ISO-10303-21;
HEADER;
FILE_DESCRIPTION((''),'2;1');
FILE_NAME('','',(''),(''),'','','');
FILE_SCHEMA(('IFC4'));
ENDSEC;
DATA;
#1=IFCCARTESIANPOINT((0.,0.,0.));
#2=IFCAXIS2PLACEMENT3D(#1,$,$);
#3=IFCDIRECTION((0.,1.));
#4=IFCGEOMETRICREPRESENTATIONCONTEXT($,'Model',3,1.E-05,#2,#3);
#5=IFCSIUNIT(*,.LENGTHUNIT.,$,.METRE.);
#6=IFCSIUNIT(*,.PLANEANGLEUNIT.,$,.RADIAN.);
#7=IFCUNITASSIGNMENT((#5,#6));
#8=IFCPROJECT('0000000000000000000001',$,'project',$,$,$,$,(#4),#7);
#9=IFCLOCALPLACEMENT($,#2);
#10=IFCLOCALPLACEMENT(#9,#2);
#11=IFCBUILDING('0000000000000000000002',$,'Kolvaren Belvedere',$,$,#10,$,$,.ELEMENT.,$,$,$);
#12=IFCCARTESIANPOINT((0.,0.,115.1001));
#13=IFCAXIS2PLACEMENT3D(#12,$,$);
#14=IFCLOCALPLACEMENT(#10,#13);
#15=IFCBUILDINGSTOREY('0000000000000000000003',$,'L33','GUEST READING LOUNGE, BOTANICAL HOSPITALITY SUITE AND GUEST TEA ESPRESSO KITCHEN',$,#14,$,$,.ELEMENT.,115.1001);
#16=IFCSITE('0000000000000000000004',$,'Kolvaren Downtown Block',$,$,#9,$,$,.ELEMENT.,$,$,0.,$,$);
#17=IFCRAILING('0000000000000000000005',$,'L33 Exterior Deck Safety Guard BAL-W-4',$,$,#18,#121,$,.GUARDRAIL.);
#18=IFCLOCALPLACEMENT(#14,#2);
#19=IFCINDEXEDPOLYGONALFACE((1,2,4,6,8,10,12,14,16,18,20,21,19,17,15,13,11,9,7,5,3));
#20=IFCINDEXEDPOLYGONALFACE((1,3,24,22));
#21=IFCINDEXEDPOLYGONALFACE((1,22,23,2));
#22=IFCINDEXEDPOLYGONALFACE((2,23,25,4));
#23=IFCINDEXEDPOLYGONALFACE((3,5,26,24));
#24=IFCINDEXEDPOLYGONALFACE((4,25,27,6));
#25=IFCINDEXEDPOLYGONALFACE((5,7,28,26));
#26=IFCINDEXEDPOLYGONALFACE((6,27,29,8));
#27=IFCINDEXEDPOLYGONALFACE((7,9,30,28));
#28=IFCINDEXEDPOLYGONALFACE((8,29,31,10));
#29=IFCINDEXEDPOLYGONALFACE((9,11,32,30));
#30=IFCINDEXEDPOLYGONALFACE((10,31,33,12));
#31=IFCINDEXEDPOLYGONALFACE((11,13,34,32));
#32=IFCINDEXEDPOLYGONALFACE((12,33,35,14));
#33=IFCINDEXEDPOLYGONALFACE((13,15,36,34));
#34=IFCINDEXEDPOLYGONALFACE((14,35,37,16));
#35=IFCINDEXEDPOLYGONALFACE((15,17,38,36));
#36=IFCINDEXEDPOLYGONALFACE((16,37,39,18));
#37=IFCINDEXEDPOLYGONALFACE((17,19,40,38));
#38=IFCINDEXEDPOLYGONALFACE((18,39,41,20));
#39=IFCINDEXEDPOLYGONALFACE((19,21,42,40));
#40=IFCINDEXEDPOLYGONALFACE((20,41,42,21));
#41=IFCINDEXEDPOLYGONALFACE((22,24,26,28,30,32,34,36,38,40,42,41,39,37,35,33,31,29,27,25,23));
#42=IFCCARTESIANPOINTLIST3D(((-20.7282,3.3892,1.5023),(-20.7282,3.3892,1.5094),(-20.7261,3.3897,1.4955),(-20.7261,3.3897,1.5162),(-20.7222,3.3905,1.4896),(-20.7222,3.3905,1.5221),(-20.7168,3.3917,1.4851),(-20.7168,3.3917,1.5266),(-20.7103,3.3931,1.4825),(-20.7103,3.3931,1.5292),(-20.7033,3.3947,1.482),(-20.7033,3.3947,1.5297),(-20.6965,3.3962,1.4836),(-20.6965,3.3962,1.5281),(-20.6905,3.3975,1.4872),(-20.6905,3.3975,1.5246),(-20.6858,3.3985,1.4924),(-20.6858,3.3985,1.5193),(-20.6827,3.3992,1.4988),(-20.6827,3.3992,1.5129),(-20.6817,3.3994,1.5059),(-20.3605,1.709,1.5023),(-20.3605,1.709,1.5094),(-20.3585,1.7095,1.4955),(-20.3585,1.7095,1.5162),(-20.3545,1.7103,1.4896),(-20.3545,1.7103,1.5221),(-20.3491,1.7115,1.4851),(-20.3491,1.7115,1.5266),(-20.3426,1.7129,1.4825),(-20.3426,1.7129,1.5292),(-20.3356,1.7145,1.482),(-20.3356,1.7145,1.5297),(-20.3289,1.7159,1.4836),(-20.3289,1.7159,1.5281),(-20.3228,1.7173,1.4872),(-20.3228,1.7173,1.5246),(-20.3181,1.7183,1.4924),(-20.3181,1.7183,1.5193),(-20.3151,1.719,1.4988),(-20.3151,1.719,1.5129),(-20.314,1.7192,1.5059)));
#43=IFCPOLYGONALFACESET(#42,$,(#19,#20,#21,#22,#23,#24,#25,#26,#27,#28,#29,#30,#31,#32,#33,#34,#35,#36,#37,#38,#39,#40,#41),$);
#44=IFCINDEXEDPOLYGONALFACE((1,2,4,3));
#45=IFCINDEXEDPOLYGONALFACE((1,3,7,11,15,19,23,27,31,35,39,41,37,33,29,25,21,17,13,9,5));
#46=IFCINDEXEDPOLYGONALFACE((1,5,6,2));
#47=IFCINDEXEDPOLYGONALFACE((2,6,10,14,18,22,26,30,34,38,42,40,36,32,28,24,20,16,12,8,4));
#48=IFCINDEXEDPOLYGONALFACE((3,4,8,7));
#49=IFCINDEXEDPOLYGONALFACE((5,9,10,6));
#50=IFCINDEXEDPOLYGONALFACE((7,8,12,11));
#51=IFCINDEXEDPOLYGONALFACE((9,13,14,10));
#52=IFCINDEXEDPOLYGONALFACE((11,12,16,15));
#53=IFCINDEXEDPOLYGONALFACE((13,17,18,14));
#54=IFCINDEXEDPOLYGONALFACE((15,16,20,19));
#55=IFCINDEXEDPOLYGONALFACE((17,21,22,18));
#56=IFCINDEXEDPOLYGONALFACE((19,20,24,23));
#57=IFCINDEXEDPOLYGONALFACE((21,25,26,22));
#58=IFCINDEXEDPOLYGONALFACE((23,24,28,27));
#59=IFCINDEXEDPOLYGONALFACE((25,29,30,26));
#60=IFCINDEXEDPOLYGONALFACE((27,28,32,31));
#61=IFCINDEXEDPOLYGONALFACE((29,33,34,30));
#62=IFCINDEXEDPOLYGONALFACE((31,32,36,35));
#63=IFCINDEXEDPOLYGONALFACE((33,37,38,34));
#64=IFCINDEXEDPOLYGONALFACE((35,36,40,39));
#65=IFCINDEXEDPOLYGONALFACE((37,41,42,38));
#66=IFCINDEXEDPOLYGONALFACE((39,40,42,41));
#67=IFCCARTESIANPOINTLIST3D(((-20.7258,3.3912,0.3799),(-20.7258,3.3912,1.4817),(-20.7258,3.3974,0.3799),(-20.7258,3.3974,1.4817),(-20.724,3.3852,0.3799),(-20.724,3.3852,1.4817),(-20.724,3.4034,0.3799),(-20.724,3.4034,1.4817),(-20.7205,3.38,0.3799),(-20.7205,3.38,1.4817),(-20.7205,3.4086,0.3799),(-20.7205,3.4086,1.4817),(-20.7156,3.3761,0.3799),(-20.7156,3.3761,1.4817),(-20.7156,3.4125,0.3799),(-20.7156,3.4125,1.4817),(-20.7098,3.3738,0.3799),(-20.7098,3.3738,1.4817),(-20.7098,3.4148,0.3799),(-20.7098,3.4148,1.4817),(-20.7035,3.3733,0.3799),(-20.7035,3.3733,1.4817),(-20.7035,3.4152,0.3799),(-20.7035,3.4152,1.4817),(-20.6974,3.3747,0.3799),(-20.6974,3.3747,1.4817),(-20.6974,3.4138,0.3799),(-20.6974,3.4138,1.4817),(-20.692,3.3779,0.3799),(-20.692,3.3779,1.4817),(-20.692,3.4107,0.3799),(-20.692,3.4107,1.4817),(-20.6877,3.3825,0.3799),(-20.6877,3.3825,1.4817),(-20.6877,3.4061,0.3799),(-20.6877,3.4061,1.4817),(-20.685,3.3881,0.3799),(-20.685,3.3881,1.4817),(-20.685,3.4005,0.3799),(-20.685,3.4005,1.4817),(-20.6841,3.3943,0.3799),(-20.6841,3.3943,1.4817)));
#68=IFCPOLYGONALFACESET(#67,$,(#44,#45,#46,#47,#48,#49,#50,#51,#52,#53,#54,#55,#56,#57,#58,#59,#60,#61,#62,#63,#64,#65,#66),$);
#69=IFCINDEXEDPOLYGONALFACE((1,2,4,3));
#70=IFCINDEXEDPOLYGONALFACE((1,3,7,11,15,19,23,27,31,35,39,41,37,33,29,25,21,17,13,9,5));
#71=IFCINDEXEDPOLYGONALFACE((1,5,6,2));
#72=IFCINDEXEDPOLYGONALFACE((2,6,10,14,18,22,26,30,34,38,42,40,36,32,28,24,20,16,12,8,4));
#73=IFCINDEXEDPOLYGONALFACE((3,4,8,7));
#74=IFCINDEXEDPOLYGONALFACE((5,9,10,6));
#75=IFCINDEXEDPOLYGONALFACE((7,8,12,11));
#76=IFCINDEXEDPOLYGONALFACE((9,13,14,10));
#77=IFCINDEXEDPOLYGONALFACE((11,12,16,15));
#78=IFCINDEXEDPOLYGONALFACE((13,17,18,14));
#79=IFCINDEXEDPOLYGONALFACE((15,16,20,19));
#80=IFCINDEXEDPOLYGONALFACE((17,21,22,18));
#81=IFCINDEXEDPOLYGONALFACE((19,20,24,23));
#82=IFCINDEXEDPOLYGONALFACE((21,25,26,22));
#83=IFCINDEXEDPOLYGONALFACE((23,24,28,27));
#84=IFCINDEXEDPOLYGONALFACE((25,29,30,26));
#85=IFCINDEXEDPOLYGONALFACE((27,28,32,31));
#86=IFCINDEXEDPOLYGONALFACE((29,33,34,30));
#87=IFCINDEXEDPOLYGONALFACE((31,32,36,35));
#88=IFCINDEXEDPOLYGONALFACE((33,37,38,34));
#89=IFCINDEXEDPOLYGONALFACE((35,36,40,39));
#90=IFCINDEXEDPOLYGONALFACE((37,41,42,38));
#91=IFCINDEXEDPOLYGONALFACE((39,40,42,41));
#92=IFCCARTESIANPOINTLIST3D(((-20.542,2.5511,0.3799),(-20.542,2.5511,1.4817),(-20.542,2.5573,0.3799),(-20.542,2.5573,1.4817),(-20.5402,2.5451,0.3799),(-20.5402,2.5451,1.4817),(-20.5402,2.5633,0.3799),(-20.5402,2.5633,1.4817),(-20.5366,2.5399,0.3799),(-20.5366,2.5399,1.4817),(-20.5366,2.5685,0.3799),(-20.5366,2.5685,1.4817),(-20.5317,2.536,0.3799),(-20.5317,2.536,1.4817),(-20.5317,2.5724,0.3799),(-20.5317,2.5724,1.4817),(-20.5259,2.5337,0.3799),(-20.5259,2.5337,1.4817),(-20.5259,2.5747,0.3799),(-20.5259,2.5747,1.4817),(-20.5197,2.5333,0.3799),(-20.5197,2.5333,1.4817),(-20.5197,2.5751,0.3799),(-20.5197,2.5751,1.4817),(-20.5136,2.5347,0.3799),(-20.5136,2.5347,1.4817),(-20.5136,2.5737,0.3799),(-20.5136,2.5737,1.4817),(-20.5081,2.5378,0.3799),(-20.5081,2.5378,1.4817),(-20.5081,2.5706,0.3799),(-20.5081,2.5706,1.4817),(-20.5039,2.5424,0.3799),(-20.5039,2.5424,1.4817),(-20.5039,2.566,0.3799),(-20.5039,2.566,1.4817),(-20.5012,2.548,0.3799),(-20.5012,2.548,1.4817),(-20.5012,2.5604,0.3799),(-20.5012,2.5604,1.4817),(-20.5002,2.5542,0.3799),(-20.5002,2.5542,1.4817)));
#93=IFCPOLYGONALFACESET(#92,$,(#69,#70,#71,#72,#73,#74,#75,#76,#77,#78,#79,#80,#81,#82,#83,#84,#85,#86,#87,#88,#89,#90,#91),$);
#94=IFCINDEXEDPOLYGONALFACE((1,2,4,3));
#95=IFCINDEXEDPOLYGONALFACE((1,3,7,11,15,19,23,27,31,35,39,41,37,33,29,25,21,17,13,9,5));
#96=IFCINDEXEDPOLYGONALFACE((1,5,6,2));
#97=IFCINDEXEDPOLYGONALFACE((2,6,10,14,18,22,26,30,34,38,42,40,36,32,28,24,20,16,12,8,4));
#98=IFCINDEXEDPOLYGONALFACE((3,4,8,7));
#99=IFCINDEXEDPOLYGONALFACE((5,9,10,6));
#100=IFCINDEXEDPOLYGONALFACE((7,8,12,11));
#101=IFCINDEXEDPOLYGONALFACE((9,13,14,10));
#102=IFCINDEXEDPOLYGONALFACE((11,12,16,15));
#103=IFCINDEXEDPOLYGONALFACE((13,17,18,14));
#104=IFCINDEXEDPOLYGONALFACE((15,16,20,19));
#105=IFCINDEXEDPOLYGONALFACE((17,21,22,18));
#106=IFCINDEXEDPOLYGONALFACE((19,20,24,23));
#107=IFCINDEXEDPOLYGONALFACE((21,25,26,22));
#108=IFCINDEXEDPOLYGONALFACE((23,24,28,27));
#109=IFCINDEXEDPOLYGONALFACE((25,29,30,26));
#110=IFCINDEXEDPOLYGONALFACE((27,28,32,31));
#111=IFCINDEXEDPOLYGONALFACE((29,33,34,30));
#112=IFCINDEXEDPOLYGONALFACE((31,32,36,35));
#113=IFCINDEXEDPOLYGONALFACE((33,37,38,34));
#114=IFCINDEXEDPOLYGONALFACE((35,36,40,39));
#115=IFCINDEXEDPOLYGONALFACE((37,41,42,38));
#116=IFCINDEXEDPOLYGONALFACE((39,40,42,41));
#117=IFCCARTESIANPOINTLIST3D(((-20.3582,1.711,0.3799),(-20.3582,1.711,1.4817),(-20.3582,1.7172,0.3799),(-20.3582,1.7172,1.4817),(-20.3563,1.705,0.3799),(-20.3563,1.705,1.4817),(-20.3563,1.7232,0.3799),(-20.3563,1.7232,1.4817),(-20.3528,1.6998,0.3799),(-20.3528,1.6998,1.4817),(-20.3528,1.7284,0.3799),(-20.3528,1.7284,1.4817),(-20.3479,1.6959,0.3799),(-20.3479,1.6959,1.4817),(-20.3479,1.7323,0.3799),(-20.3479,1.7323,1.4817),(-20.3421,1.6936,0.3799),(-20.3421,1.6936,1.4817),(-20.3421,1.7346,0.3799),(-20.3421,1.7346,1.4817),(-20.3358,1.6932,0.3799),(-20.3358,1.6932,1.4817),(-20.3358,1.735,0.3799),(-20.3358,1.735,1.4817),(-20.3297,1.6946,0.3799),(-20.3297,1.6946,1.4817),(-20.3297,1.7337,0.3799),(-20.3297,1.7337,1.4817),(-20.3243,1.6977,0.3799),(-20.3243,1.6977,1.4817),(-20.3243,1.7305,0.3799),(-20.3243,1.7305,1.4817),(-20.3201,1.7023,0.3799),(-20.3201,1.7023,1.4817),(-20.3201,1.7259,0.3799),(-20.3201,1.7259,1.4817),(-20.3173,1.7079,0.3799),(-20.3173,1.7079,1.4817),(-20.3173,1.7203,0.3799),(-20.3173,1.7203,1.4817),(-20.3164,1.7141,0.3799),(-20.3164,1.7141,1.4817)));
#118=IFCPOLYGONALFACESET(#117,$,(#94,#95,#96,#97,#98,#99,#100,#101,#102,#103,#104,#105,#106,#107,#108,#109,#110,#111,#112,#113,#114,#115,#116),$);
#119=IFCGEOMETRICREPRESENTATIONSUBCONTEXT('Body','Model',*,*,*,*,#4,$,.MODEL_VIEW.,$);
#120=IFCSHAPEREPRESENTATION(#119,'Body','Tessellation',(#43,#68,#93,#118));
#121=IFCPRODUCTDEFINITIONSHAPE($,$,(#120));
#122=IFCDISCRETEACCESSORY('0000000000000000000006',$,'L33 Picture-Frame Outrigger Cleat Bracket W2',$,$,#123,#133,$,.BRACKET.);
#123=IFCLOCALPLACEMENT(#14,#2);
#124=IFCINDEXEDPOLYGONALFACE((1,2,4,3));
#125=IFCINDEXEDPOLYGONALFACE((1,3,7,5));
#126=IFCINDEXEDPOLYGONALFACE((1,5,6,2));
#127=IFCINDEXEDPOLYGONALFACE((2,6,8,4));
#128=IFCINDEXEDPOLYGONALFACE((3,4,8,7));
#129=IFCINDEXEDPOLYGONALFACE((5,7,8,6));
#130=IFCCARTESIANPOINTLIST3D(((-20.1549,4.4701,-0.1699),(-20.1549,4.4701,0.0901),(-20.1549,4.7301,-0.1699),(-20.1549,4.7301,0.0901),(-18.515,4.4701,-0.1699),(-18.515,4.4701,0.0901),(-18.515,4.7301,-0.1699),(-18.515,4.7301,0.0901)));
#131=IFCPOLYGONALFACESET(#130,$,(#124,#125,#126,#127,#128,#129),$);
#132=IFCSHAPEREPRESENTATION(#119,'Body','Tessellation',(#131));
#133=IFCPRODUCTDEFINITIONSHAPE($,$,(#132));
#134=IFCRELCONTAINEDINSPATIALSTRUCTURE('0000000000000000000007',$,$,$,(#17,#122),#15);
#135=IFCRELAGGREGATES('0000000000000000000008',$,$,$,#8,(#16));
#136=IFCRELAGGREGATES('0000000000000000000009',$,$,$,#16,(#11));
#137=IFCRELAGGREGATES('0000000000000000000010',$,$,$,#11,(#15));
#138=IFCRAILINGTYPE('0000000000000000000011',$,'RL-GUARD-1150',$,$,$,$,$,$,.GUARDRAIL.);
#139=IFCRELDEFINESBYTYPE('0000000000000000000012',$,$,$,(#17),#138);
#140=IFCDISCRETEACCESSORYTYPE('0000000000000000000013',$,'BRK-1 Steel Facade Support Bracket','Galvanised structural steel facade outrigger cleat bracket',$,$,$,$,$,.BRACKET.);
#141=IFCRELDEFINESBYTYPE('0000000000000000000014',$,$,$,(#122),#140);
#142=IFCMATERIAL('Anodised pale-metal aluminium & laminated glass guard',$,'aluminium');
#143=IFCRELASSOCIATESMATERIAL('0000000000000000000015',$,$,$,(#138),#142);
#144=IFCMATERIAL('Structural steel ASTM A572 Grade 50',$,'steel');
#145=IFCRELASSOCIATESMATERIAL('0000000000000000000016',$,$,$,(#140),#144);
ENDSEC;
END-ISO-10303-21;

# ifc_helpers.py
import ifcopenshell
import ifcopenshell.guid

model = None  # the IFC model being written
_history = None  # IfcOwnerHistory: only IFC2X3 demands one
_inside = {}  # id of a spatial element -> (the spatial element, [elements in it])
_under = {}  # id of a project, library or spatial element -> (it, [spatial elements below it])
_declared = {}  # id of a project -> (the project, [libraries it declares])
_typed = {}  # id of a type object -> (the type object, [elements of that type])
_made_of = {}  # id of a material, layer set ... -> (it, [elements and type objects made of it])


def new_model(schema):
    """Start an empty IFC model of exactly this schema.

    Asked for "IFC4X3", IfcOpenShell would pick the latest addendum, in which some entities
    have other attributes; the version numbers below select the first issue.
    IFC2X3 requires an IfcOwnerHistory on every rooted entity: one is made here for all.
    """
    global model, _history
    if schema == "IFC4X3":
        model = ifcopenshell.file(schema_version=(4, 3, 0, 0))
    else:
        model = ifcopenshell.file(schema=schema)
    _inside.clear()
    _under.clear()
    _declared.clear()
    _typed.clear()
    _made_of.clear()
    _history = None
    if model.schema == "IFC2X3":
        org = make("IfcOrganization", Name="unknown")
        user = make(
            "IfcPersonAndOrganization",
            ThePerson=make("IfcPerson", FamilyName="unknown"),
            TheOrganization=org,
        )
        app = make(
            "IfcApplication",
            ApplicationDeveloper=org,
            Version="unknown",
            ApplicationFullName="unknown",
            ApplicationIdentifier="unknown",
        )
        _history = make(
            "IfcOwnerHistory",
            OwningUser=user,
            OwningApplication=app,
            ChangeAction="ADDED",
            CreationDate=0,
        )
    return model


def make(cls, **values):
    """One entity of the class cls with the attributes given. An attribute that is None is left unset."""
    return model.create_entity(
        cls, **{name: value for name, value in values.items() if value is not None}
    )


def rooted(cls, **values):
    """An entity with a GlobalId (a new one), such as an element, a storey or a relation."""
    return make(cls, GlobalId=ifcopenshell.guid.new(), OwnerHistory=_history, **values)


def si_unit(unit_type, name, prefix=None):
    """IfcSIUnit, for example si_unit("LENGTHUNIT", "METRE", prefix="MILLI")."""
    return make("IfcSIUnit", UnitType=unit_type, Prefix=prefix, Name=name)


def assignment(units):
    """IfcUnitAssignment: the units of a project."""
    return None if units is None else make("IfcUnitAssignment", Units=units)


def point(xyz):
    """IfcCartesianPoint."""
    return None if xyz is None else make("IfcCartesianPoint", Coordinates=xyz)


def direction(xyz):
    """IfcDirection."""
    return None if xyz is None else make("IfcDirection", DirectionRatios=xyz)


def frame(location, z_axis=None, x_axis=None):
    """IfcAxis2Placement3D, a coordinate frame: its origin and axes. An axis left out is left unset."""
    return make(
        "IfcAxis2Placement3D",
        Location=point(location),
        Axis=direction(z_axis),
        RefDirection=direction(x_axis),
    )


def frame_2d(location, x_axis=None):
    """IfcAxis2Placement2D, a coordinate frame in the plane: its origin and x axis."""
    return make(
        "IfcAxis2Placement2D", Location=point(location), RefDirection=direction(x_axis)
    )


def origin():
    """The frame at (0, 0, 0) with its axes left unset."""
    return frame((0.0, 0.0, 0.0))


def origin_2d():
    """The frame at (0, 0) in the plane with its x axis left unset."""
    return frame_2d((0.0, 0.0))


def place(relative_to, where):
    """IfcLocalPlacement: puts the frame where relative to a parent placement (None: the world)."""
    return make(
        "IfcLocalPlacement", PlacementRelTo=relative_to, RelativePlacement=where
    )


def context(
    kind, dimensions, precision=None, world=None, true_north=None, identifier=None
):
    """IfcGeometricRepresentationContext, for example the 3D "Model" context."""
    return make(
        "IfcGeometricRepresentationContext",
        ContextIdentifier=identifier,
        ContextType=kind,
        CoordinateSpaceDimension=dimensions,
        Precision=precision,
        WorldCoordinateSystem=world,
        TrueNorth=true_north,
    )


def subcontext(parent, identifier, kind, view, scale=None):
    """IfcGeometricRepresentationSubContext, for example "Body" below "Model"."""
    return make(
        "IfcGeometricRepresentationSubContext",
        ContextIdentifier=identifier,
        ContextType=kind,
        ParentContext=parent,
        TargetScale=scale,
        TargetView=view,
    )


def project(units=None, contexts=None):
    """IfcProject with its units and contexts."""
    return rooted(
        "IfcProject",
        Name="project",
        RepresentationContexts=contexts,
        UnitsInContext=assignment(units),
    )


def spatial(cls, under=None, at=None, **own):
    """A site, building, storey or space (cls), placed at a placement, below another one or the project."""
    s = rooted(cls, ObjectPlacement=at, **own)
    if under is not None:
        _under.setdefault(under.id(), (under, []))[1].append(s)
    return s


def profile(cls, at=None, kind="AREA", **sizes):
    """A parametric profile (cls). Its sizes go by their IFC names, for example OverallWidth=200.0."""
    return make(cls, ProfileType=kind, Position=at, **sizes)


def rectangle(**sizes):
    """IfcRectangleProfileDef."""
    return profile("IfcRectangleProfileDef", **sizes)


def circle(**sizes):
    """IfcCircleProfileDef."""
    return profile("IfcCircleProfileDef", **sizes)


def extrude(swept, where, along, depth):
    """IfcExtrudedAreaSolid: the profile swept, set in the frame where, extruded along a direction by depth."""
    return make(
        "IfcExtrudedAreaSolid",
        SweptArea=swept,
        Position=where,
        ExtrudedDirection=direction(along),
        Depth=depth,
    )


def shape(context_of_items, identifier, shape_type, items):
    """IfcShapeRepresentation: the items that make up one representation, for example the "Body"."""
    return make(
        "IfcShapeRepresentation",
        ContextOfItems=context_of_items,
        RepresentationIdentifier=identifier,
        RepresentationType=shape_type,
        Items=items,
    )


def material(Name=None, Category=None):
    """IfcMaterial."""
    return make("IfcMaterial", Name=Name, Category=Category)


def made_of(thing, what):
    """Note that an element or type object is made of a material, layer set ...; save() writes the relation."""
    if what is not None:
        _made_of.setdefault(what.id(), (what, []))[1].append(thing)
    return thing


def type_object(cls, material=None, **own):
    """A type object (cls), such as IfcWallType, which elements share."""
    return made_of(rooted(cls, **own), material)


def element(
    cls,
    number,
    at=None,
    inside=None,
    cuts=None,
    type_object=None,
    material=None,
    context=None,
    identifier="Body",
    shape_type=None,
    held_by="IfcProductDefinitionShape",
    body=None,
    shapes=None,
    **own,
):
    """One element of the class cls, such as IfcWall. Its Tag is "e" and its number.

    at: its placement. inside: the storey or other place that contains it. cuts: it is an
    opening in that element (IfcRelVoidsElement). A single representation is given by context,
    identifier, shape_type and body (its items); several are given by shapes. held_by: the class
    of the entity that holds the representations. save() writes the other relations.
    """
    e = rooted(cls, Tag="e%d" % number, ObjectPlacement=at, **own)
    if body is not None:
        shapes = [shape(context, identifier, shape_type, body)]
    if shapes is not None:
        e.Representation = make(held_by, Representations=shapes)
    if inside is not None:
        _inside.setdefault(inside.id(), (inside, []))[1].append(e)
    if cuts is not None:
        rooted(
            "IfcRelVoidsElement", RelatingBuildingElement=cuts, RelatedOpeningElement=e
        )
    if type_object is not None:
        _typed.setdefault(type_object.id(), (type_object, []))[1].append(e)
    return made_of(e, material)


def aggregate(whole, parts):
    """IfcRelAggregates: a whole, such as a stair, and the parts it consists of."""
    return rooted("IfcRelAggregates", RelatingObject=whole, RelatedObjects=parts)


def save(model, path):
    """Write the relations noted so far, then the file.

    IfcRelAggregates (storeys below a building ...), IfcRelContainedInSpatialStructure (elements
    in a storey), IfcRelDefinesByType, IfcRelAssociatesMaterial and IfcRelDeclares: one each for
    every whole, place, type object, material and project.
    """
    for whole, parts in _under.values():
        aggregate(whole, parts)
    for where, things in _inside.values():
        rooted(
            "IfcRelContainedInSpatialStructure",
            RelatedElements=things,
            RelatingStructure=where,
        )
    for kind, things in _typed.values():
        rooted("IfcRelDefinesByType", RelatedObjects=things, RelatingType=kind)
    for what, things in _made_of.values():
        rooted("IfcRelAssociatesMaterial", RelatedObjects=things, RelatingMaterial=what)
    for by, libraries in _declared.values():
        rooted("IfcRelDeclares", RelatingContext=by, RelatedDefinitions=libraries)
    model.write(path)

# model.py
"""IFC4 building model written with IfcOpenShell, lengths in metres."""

from ifc_helpers import new_model, si_unit, direction, frame, origin, origin_2d, place, context, subcontext, project, spatial, rectangle, circle, extrude, material, type_object, element, save


model = new_model("IFC4")

# Units and contexts
model_context = context("Model", 3, precision=1e-05, world=origin(), true_north=direction((0.0, 1.0)))
body_context = subcontext(model_context, "Body", "Model", "MODEL_VIEW")
ifc_project = project(units=[si_unit("LENGTHUNIT", "METRE"), si_unit("PLANEANGLEUNIT", "RADIAN")], contexts=[model_context])

# Site, building, storey
site_placement = place(None, origin())
site = spatial("IfcSite", under=ifc_project, at=site_placement, Name="Kolvaren Downtown Block", CompositionType="ELEMENT", RefElevation=0.0)
building_placement = place(site_placement, origin())
building = spatial("IfcBuilding", under=site, at=building_placement, Name="Kolvaren Belvedere", CompositionType="ELEMENT")
storey_placement = place(building_placement, frame((0.0, 0.0, 115.1001)))
storey = spatial("IfcBuildingStorey", under=building, at=storey_placement, Name="L33", Description="GUEST READING LOUNGE, BOTANICAL HOSPITALITY SUITE AND GUEST TEA ESPRESSO KITCHEN", CompositionType="ELEMENT", Elevation=115.1001)

# Railing
ifc_material_1 = material(Name="Anodised pale-metal aluminium & laminated glass guard", Category="aluminium")
railing_type = type_object("IfcRailingType", Name="RL-GUARD-1150", PredefinedType="GUARDRAIL", material=ifc_material_1)
railing_1_placement = place(storey_placement, frame((-20.7051, 3.3943, 0.3799)))
element("IfcRailing", 1, at=railing_1_placement, inside=storey, type_object=railing_type, Name="L33 Exterior Deck Safety Guard BAL-W-4", PredefinedType="GUARDRAIL", context=body_context, shape_type="SweptSolid", body=[
    extrude(circle(Radius=0.0239, at=origin_2d()), frame((0.0, 0.0, 1.126), z_axis=(0.213773, -0.976883, 0.0), x_axis=(0.976883, 0.213773, 0.0)), (0.0, 0.0, 1.0), 1.72),
    extrude(circle(Radius=0.021, at=origin_2d()), origin(), (0.0, 0.0, 1.0), 1.1018),
    extrude(circle(Radius=0.021, at=origin_2d()), frame((0.1838, -0.8401, 0.0)), (0.0, 0.0, 1.0), 1.1018),
    extrude(circle(Radius=0.021, at=origin_2d()), frame((0.3677, -1.6802, 0.0)), (0.0, 0.0, 1.0), 1.1018),
])

# Discrete accessory
ifc_material_2 = material(Name="Structural steel ASTM A572 Grade 50", Category="steel")
discrete_accessory_type = type_object("IfcDiscreteAccessoryType", Name="BRK-1 Steel Facade Support Bracket", Description="Galvanised structural steel facade outrigger cleat bracket", PredefinedType="BRACKET", material=ifc_material_2)
discrete_accessory_placement = place(storey_placement, frame((-19.335, 4.6001, -0.1699), z_axis=(0.0, 0.0, 1.0), x_axis=(1.0, 0.0, 0.0)))
element("IfcDiscreteAccessory", 2, at=discrete_accessory_placement, inside=storey, type_object=discrete_accessory_type, Name="L33 Picture-Frame Outrigger Cleat Bracket W2", PredefinedType="BRACKET", context=body_context, shape_type="SweptSolid", body=[
    extrude(rectangle(XDim=1.6399, YDim=0.26, at=origin_2d()), origin(), (0.0, 0.0, 1.0), 0.26),
])

save(model, "model.ifc")
